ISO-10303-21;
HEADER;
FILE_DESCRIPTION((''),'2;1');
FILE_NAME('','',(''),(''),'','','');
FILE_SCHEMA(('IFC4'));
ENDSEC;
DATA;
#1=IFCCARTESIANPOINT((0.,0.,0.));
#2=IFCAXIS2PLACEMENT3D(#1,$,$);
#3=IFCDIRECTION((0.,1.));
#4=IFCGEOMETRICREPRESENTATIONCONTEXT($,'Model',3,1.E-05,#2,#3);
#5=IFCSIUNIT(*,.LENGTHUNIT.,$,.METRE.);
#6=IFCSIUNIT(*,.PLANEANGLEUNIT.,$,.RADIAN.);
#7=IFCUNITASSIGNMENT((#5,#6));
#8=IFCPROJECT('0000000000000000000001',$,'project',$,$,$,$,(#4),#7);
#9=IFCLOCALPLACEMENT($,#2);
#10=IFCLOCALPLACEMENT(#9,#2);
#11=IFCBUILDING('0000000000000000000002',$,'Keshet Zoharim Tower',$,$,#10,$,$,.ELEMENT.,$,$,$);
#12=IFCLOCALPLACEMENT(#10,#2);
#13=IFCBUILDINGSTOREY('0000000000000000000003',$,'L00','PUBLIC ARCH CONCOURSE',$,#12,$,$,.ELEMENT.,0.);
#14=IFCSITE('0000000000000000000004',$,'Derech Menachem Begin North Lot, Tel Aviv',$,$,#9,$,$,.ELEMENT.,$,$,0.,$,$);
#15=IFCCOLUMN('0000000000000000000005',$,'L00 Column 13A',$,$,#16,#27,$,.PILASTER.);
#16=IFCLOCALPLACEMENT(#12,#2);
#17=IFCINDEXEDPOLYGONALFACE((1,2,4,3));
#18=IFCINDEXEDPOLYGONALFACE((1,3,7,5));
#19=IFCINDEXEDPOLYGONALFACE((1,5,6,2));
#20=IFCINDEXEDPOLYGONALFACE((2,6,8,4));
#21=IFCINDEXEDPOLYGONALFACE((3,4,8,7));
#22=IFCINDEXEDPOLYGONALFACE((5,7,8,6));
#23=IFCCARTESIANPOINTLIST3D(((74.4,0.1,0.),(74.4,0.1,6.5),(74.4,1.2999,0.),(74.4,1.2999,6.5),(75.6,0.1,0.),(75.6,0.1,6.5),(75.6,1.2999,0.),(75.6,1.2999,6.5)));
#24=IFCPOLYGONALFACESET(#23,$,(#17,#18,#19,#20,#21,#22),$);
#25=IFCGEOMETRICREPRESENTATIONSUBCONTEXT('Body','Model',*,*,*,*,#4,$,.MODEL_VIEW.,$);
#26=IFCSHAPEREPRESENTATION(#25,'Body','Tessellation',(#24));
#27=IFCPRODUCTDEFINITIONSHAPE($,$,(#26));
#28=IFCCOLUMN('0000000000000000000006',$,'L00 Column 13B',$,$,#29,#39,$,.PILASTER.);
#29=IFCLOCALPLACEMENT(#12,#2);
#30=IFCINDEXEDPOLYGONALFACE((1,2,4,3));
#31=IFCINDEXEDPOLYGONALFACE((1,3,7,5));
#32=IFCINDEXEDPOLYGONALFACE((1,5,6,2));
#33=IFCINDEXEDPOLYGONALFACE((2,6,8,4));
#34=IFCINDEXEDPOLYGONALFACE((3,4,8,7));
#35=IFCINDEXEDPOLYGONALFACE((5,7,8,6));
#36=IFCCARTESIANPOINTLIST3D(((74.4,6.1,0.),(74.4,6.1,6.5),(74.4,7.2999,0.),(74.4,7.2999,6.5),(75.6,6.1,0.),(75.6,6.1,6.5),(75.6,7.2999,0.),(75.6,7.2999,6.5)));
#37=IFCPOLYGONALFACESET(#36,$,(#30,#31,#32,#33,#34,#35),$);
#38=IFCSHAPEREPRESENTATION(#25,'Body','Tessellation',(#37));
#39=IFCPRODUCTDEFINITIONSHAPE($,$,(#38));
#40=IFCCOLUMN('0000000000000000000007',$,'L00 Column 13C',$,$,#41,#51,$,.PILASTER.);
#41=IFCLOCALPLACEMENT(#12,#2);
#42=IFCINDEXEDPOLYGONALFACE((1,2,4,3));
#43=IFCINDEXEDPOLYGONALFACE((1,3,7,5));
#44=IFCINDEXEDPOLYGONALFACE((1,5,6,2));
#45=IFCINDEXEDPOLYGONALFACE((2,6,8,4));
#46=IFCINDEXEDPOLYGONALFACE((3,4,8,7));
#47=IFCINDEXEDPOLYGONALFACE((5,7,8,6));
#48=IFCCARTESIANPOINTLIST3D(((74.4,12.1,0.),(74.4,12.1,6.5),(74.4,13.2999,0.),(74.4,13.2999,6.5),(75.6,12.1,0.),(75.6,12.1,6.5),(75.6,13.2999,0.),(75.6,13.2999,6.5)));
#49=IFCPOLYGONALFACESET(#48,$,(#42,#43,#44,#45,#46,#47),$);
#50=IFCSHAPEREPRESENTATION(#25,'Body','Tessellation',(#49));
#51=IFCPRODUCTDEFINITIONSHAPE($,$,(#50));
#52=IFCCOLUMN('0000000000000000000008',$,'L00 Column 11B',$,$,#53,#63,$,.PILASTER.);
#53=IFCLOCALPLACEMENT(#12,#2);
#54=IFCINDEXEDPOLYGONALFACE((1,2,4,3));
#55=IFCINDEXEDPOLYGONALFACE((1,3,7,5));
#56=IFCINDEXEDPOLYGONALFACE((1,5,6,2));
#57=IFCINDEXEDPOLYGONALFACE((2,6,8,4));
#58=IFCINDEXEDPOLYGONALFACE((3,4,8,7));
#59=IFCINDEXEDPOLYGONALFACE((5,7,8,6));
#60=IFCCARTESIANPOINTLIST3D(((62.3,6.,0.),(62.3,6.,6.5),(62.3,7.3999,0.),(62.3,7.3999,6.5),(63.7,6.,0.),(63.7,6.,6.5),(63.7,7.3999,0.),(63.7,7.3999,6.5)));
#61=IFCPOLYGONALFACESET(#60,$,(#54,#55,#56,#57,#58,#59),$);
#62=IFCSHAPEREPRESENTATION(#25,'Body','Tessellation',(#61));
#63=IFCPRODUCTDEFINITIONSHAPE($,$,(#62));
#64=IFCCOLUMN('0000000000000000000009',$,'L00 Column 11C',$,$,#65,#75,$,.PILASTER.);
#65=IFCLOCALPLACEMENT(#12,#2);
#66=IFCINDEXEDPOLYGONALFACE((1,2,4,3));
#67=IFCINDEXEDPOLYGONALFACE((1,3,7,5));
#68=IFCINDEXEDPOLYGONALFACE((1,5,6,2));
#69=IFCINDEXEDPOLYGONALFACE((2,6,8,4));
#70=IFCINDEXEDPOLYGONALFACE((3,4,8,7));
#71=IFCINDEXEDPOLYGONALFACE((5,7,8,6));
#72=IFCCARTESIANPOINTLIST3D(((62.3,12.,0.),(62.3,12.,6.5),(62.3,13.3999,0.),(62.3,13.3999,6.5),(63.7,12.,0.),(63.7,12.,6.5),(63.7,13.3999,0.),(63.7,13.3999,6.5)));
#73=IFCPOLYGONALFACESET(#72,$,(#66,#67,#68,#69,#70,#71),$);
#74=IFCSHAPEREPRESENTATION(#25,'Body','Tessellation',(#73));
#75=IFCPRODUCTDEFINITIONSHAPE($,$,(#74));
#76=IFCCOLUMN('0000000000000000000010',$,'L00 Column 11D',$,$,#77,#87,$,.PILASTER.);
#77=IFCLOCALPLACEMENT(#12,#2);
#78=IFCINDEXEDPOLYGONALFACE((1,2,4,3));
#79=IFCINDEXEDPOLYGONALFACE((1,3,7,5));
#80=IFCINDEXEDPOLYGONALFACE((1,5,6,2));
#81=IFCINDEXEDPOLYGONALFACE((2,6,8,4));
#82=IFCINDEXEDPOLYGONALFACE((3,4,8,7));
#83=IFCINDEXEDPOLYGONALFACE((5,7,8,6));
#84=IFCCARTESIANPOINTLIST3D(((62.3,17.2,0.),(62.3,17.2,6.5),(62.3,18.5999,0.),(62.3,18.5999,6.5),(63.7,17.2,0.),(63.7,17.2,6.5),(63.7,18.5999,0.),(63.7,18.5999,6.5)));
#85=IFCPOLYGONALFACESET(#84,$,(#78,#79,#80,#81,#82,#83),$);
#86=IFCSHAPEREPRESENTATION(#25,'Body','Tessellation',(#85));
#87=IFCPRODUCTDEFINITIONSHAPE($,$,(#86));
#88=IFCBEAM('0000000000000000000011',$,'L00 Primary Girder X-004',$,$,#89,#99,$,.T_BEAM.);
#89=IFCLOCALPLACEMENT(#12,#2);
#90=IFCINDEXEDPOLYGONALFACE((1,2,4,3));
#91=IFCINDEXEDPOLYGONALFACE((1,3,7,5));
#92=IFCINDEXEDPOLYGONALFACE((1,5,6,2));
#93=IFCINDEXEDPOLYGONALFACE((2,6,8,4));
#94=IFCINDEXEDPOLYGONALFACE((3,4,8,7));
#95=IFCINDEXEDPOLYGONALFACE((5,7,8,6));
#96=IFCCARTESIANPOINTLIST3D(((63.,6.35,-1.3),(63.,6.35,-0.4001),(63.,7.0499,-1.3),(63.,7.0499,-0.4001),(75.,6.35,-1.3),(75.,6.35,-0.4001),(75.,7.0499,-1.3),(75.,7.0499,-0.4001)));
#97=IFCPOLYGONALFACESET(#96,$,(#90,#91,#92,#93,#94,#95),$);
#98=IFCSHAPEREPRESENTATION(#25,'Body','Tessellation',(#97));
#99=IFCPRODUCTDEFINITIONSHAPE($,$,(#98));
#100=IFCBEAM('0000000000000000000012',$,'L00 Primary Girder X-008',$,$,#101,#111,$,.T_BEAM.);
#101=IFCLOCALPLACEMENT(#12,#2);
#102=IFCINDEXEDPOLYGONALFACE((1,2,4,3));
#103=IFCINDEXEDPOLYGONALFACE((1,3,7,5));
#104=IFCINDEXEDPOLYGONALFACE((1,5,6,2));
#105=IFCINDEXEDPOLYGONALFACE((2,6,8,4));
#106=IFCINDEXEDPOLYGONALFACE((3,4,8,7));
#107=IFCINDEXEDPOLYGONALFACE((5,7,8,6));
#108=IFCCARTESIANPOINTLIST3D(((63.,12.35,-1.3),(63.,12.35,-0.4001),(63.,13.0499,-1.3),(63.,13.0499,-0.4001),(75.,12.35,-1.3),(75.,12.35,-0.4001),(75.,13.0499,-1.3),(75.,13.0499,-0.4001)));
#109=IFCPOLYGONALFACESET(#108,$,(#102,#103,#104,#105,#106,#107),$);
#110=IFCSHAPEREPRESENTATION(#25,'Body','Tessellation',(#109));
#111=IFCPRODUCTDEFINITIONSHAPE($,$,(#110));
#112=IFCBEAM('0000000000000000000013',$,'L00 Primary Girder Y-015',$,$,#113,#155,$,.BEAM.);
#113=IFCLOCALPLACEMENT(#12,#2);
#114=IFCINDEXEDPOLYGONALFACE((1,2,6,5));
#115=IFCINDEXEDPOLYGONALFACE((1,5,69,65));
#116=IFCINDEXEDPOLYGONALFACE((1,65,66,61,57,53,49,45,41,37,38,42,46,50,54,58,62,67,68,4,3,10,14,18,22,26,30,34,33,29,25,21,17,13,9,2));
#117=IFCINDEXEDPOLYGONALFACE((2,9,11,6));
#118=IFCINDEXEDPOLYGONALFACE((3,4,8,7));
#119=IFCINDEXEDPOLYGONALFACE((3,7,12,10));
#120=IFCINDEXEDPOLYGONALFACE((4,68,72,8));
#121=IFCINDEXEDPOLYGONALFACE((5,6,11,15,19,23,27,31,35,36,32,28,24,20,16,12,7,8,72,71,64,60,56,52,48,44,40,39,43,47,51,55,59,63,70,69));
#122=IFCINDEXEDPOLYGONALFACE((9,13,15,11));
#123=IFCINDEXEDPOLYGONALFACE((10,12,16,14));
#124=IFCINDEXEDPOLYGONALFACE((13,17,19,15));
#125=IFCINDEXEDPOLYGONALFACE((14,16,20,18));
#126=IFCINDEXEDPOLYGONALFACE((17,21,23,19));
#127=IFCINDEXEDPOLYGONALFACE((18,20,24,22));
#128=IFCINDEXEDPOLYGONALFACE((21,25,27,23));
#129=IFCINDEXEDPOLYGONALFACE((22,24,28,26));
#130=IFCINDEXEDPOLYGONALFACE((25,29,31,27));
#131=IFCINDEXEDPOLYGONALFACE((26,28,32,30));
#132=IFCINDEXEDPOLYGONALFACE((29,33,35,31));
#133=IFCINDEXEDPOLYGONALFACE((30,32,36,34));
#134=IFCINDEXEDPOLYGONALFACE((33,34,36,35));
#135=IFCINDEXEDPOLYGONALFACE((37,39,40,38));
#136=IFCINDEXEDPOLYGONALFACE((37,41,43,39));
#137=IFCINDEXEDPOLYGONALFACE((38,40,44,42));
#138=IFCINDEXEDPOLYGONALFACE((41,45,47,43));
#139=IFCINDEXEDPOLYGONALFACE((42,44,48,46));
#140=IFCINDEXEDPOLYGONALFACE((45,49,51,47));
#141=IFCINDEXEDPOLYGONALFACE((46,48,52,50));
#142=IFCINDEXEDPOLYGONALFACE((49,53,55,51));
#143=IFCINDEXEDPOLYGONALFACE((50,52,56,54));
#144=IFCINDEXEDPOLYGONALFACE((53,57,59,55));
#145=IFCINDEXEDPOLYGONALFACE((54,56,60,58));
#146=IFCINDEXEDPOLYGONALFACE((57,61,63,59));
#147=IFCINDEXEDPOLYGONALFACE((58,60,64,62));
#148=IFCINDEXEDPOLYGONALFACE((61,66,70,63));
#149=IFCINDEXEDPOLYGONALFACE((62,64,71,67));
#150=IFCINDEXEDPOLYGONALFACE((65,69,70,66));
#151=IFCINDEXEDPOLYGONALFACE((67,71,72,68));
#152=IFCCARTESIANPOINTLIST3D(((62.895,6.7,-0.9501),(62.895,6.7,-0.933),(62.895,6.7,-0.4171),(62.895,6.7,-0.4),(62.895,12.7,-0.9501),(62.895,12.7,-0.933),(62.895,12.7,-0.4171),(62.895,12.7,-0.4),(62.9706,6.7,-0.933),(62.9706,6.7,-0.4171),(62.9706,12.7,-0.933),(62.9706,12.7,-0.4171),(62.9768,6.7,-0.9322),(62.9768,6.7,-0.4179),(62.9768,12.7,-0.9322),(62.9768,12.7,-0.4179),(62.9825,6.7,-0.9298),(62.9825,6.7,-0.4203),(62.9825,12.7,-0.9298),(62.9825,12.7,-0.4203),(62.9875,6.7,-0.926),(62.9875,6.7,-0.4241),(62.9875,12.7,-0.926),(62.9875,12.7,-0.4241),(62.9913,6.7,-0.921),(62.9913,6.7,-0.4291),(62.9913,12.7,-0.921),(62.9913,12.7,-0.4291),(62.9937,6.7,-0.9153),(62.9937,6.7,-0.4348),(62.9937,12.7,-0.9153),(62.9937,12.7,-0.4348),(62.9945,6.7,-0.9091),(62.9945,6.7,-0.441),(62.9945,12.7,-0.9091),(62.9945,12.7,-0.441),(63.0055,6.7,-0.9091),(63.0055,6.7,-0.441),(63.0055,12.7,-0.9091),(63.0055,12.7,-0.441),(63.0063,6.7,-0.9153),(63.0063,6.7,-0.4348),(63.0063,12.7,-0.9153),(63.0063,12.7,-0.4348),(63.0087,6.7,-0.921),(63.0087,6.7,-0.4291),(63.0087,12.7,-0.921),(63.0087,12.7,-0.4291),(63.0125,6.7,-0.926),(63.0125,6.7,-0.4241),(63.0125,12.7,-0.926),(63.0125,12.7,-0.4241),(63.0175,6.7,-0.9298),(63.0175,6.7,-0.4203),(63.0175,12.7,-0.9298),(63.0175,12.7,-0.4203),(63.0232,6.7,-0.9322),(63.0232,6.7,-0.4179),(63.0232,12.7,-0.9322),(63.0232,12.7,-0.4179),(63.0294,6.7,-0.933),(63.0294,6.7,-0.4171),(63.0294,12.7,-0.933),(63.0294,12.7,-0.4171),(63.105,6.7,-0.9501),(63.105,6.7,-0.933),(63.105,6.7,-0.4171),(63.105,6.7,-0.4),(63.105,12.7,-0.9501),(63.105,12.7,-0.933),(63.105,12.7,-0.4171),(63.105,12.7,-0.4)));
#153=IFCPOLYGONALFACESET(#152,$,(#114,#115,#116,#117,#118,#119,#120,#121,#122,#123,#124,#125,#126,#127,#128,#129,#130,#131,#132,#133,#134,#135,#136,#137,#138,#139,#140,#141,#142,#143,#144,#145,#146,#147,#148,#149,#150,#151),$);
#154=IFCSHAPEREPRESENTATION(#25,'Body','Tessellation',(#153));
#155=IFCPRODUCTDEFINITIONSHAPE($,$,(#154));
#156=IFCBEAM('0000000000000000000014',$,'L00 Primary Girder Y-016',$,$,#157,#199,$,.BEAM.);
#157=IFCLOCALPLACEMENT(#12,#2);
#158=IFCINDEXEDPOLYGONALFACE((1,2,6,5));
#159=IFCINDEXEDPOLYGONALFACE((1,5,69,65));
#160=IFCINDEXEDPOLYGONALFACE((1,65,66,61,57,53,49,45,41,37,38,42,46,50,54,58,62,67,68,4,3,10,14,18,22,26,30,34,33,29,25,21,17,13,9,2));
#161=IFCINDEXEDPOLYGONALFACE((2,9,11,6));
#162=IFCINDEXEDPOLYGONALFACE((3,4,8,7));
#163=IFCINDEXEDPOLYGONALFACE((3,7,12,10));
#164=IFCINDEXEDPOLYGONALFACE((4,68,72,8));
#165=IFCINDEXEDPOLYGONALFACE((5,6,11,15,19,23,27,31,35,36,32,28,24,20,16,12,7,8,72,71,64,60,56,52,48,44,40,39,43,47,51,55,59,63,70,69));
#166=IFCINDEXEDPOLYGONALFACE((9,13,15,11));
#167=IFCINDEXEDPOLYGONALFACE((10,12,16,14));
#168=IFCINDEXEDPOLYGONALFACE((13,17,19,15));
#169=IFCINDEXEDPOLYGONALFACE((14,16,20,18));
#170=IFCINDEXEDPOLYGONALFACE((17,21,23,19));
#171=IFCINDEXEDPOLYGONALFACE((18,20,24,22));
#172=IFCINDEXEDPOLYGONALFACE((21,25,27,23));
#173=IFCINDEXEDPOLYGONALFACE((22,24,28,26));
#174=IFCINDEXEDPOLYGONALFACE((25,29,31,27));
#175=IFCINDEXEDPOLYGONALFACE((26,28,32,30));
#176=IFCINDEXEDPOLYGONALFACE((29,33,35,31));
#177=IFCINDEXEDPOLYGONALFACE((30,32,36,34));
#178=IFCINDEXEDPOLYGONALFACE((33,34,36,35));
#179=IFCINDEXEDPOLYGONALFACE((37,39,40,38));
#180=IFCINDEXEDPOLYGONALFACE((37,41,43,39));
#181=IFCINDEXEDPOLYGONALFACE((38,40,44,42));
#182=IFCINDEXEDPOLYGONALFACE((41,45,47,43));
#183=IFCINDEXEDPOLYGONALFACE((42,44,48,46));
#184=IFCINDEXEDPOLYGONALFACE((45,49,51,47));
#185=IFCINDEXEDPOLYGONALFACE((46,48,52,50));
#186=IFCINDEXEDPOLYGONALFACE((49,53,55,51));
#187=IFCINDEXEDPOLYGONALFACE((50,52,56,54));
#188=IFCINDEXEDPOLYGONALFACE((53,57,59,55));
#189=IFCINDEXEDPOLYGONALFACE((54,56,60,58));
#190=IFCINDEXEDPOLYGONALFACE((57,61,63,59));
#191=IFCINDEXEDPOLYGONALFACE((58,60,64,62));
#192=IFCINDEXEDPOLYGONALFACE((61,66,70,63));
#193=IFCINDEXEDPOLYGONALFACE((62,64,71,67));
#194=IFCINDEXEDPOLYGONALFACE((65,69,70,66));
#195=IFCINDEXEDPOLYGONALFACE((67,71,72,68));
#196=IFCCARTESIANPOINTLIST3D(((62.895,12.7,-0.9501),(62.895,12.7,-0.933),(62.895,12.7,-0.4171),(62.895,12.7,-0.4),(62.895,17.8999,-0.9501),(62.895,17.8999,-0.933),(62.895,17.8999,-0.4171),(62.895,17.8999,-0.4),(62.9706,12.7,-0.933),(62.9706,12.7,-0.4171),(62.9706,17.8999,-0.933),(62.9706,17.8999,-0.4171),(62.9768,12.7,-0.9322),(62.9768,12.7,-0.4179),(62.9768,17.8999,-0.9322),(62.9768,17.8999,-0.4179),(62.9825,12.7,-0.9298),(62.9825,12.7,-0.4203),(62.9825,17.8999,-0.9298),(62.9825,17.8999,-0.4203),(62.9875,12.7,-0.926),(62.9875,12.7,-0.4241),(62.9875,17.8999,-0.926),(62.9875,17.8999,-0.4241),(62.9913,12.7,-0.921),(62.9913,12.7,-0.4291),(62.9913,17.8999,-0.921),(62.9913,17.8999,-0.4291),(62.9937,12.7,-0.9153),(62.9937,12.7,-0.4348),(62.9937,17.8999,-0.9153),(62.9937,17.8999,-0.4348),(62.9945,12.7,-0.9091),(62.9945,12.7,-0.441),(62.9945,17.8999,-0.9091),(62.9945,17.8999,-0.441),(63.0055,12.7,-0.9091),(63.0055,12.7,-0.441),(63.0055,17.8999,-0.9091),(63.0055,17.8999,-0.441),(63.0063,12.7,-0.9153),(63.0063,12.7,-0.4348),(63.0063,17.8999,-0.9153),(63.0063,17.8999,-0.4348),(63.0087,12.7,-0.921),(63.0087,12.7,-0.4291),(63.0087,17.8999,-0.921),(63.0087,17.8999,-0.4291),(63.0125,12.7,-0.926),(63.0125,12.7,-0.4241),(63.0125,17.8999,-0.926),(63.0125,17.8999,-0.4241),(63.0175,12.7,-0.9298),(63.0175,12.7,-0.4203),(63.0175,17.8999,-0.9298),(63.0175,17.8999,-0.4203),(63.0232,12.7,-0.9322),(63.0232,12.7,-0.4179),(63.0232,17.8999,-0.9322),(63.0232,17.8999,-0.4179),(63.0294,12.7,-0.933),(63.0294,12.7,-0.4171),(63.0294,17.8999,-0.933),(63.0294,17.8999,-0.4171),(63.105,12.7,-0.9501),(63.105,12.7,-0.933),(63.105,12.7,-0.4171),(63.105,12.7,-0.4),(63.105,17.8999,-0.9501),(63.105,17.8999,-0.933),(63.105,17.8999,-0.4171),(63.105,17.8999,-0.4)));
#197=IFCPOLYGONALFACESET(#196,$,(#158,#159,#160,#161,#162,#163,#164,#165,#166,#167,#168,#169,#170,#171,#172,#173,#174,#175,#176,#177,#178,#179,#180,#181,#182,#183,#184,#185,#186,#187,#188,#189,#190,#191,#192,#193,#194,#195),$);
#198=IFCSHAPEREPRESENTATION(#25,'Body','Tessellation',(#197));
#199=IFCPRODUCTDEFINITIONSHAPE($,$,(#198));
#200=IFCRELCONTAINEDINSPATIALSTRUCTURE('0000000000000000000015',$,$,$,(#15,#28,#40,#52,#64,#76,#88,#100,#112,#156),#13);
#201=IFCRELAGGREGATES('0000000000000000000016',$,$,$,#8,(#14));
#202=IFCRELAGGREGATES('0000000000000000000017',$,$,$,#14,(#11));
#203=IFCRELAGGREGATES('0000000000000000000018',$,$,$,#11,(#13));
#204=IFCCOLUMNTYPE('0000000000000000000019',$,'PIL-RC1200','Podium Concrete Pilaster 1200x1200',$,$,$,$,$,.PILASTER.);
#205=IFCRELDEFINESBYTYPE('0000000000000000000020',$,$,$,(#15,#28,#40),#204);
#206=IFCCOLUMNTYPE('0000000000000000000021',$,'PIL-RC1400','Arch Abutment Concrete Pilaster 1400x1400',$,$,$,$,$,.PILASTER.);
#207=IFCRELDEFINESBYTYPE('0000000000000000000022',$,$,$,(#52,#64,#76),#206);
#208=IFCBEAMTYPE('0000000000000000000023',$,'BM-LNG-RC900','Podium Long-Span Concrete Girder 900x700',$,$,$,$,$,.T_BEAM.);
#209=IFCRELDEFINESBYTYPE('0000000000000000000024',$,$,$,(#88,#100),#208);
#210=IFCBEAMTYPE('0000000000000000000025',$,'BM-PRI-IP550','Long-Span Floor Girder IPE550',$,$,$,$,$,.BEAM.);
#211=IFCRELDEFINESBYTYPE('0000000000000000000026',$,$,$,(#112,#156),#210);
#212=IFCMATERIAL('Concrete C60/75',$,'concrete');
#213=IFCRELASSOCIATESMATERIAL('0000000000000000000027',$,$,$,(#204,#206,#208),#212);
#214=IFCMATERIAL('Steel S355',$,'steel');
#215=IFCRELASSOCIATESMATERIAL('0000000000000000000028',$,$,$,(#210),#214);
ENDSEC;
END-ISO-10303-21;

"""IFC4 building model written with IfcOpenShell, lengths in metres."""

from ifc_helpers import new_model, si_unit, direction, frame, origin, origin_2d, place, context, subcontext, project, spatial, rectangle, i_section, extrude, material, material_profile, profile_set, type_object, element, save


model = new_model("IFC4")

# Units and contexts
model_context = context("Model", 3, precision=1e-05, world=origin(), true_north=direction((0.0, 1.0)))
body_context = subcontext(model_context, "Body", "Model", "MODEL_VIEW")
ifc_project = project(units=[si_unit("LENGTHUNIT", "METRE"), si_unit("PLANEANGLEUNIT", "RADIAN")], contexts=[model_context])

# Site, building, storey
site_placement = place(None, origin())
site = spatial("IfcSite", under=ifc_project, at=site_placement, Name="Derech Menachem Begin North Lot, Tel Aviv", CompositionType="ELEMENT", RefElevation=0.0)
building_placement = place(site_placement, origin())
building = spatial("IfcBuilding", under=site, at=building_placement, Name="Keshet Zoharim Tower", CompositionType="ELEMENT")
storey_placement = place(building_placement, origin())
storey = spatial("IfcBuildingStorey", under=building, at=storey_placement, Name="L00", Description="PUBLIC ARCH CONCOURSE", CompositionType="ELEMENT", Elevation=0.0)

# Columns
ifc_material_1 = material(Name="Concrete C60/75", Category="concrete")
ifc_material_profile_1 = material_profile(ifc_material_1, rectangle(XDim=1.2, YDim=1.2, at=origin_2d()), Name="RC1200x1200")
ifc_profile_set_1 = profile_set([ifc_material_profile_1], Name="Concrete C60/75")
column_type_1 = type_object("IfcColumnType", Name="PIL-RC1200", Description="Podium Concrete Pilaster 1200x1200", PredefinedType="PILASTER", material=ifc_profile_set_1)
for number, where, z_axis, x_axis, name in (
    (1, (75.0, 0.7, 0.0), (0.0, 0.0, 1.0), (1.0, 0.0, 0.0), "L00 Column 13A"),
    (2, (75.0, 6.7, 0.0), (0.0, 0.0, 1.0), (1.0, 0.0, 0.0), "L00 Column 13B"),
    (3, (75.0, 12.7, 0.0), (0.0, 0.0, 1.0), (1.0, 0.0, 0.0), "L00 Column 13C"),
):
    element("IfcColumn", number, at=place(storey_placement, frame(where, z_axis=z_axis, x_axis=x_axis)), inside=storey, type_object=column_type_1, Name=name, PredefinedType="PILASTER", context=body_context, shape_type="SweptSolid", body=[
        extrude(rectangle(XDim=1.2, YDim=1.2, at=origin_2d()), origin(), (0.0, 0.0, 1.0), 6.5),
    ])
ifc_material_profile_2 = material_profile(ifc_material_1, rectangle(XDim=1.3999, YDim=1.3999, at=origin_2d()), Name="RC1400x1400")
ifc_profile_set_2 = profile_set([ifc_material_profile_2], Name="Concrete C60/75")
column_type_2 = type_object("IfcColumnType", Name="PIL-RC1400", Description="Arch Abutment Concrete Pilaster 1400x1400", PredefinedType="PILASTER", material=ifc_profile_set_2)
for number, where, z_axis, x_axis, name in (
    (4, (63.0, 6.7, 0.0), (0.0, 0.0, 1.0), (1.0, 0.0, 0.0), "L00 Column 11B"),
    (5, (63.0, 12.7, 0.0), (0.0, 0.0, 1.0), (1.0, 0.0, 0.0), "L00 Column 11C"),
    (6, (63.0, 17.8999, 0.0), (0.0, 0.0, 1.0), (1.0, 0.0, 0.0), "L00 Column 11D"),
):
    element("IfcColumn", number, at=place(storey_placement, frame(where, z_axis=z_axis, x_axis=x_axis)), inside=storey, type_object=column_type_2, Name=name, PredefinedType="PILASTER", context=body_context, shape_type="SweptSolid", body=[
        extrude(rectangle(XDim=1.3999, YDim=1.3999, at=origin_2d()), origin(), (0.0, 0.0, 1.0), 6.5),
    ])

# Beams
ifc_material_profile_3 = material_profile(ifc_material_1, rectangle(XDim=0.7, YDim=0.8999, at=origin_2d()), Name="RC900x700")
ifc_profile_set_3 = profile_set([ifc_material_profile_3], Name="Concrete C60/75")
beam_type_1 = type_object("IfcBeamType", Name="BM-LNG-RC900", Description="Podium Long-Span Concrete Girder 900x700", PredefinedType="T_BEAM", material=ifc_profile_set_3)
for number, where, z_axis, x_axis, name in (
    (7, (63.0, 6.7, -0.8501), (1.0, 0.0, 0.0), (0.0, 1.0, 0.0), "L00 Primary Girder X-004"),
    (8, (63.0, 12.7, -0.8501), (1.0, 0.0, 0.0), (0.0, 1.0, 0.0), "L00 Primary Girder X-008"),
):
    element("IfcBeam", number, at=place(storey_placement, frame(where, z_axis=z_axis, x_axis=x_axis)), inside=storey, type_object=beam_type_1, Name=name, PredefinedType="T_BEAM", context=body_context, shape_type="SweptSolid", body=[
        extrude(rectangle(XDim=0.7, YDim=0.8999, at=origin_2d()), origin(), (0.0, 0.0, 1.0), 12.0),
    ])
ifc_material_2 = material(Name="Steel S355", Category="steel")
ifc_material_profile_4 = material_profile(ifc_material_2, i_section(OverallWidth=0.21, OverallDepth=0.55, WebThickness=0.011, FlangeThickness=0.0171, FilletRadius=0.0239, at=origin_2d()), Name="IPE550")
ifc_profile_set_4 = profile_set([ifc_material_profile_4], Name="Steel S355")
beam_type_2 = type_object("IfcBeamType", Name="BM-PRI-IP550", Description="Long-Span Floor Girder IPE550", PredefinedType="BEAM", material=ifc_profile_set_4)
beam_1_placement = place(storey_placement, frame((63.0, 6.7, -0.675), z_axis=(0.0, 1.0, 0.0), x_axis=(-1.0, 0.0, 0.0)))
element("IfcBeam", 9, at=beam_1_placement, inside=storey, type_object=beam_type_2, Name="L00 Primary Girder Y-015", PredefinedType="BEAM", context=body_context, shape_type="SweptSolid", body=[
    extrude(i_section(OverallWidth=0.21, OverallDepth=0.55, WebThickness=0.011, FlangeThickness=0.0171, FilletRadius=0.0239, at=origin_2d()), origin(), (0.0, 0.0, 1.0), 6.0),
])
beam_2_placement = place(storey_placement, frame((63.0, 12.7, -0.675), z_axis=(0.0, 1.0, 0.0), x_axis=(-1.0, 0.0, 0.0)))
element("IfcBeam", 10, at=beam_2_placement, inside=storey, type_object=beam_type_2, Name="L00 Primary Girder Y-016", PredefinedType="BEAM", context=body_context, shape_type="SweptSolid", body=[
    extrude(i_section(OverallWidth=0.21, OverallDepth=0.55, WebThickness=0.011, FlangeThickness=0.0171, FilletRadius=0.0239, at=origin_2d()), origin(), (0.0, 0.0, 1.0), 5.2),
])

save(model, "model.ifc")
